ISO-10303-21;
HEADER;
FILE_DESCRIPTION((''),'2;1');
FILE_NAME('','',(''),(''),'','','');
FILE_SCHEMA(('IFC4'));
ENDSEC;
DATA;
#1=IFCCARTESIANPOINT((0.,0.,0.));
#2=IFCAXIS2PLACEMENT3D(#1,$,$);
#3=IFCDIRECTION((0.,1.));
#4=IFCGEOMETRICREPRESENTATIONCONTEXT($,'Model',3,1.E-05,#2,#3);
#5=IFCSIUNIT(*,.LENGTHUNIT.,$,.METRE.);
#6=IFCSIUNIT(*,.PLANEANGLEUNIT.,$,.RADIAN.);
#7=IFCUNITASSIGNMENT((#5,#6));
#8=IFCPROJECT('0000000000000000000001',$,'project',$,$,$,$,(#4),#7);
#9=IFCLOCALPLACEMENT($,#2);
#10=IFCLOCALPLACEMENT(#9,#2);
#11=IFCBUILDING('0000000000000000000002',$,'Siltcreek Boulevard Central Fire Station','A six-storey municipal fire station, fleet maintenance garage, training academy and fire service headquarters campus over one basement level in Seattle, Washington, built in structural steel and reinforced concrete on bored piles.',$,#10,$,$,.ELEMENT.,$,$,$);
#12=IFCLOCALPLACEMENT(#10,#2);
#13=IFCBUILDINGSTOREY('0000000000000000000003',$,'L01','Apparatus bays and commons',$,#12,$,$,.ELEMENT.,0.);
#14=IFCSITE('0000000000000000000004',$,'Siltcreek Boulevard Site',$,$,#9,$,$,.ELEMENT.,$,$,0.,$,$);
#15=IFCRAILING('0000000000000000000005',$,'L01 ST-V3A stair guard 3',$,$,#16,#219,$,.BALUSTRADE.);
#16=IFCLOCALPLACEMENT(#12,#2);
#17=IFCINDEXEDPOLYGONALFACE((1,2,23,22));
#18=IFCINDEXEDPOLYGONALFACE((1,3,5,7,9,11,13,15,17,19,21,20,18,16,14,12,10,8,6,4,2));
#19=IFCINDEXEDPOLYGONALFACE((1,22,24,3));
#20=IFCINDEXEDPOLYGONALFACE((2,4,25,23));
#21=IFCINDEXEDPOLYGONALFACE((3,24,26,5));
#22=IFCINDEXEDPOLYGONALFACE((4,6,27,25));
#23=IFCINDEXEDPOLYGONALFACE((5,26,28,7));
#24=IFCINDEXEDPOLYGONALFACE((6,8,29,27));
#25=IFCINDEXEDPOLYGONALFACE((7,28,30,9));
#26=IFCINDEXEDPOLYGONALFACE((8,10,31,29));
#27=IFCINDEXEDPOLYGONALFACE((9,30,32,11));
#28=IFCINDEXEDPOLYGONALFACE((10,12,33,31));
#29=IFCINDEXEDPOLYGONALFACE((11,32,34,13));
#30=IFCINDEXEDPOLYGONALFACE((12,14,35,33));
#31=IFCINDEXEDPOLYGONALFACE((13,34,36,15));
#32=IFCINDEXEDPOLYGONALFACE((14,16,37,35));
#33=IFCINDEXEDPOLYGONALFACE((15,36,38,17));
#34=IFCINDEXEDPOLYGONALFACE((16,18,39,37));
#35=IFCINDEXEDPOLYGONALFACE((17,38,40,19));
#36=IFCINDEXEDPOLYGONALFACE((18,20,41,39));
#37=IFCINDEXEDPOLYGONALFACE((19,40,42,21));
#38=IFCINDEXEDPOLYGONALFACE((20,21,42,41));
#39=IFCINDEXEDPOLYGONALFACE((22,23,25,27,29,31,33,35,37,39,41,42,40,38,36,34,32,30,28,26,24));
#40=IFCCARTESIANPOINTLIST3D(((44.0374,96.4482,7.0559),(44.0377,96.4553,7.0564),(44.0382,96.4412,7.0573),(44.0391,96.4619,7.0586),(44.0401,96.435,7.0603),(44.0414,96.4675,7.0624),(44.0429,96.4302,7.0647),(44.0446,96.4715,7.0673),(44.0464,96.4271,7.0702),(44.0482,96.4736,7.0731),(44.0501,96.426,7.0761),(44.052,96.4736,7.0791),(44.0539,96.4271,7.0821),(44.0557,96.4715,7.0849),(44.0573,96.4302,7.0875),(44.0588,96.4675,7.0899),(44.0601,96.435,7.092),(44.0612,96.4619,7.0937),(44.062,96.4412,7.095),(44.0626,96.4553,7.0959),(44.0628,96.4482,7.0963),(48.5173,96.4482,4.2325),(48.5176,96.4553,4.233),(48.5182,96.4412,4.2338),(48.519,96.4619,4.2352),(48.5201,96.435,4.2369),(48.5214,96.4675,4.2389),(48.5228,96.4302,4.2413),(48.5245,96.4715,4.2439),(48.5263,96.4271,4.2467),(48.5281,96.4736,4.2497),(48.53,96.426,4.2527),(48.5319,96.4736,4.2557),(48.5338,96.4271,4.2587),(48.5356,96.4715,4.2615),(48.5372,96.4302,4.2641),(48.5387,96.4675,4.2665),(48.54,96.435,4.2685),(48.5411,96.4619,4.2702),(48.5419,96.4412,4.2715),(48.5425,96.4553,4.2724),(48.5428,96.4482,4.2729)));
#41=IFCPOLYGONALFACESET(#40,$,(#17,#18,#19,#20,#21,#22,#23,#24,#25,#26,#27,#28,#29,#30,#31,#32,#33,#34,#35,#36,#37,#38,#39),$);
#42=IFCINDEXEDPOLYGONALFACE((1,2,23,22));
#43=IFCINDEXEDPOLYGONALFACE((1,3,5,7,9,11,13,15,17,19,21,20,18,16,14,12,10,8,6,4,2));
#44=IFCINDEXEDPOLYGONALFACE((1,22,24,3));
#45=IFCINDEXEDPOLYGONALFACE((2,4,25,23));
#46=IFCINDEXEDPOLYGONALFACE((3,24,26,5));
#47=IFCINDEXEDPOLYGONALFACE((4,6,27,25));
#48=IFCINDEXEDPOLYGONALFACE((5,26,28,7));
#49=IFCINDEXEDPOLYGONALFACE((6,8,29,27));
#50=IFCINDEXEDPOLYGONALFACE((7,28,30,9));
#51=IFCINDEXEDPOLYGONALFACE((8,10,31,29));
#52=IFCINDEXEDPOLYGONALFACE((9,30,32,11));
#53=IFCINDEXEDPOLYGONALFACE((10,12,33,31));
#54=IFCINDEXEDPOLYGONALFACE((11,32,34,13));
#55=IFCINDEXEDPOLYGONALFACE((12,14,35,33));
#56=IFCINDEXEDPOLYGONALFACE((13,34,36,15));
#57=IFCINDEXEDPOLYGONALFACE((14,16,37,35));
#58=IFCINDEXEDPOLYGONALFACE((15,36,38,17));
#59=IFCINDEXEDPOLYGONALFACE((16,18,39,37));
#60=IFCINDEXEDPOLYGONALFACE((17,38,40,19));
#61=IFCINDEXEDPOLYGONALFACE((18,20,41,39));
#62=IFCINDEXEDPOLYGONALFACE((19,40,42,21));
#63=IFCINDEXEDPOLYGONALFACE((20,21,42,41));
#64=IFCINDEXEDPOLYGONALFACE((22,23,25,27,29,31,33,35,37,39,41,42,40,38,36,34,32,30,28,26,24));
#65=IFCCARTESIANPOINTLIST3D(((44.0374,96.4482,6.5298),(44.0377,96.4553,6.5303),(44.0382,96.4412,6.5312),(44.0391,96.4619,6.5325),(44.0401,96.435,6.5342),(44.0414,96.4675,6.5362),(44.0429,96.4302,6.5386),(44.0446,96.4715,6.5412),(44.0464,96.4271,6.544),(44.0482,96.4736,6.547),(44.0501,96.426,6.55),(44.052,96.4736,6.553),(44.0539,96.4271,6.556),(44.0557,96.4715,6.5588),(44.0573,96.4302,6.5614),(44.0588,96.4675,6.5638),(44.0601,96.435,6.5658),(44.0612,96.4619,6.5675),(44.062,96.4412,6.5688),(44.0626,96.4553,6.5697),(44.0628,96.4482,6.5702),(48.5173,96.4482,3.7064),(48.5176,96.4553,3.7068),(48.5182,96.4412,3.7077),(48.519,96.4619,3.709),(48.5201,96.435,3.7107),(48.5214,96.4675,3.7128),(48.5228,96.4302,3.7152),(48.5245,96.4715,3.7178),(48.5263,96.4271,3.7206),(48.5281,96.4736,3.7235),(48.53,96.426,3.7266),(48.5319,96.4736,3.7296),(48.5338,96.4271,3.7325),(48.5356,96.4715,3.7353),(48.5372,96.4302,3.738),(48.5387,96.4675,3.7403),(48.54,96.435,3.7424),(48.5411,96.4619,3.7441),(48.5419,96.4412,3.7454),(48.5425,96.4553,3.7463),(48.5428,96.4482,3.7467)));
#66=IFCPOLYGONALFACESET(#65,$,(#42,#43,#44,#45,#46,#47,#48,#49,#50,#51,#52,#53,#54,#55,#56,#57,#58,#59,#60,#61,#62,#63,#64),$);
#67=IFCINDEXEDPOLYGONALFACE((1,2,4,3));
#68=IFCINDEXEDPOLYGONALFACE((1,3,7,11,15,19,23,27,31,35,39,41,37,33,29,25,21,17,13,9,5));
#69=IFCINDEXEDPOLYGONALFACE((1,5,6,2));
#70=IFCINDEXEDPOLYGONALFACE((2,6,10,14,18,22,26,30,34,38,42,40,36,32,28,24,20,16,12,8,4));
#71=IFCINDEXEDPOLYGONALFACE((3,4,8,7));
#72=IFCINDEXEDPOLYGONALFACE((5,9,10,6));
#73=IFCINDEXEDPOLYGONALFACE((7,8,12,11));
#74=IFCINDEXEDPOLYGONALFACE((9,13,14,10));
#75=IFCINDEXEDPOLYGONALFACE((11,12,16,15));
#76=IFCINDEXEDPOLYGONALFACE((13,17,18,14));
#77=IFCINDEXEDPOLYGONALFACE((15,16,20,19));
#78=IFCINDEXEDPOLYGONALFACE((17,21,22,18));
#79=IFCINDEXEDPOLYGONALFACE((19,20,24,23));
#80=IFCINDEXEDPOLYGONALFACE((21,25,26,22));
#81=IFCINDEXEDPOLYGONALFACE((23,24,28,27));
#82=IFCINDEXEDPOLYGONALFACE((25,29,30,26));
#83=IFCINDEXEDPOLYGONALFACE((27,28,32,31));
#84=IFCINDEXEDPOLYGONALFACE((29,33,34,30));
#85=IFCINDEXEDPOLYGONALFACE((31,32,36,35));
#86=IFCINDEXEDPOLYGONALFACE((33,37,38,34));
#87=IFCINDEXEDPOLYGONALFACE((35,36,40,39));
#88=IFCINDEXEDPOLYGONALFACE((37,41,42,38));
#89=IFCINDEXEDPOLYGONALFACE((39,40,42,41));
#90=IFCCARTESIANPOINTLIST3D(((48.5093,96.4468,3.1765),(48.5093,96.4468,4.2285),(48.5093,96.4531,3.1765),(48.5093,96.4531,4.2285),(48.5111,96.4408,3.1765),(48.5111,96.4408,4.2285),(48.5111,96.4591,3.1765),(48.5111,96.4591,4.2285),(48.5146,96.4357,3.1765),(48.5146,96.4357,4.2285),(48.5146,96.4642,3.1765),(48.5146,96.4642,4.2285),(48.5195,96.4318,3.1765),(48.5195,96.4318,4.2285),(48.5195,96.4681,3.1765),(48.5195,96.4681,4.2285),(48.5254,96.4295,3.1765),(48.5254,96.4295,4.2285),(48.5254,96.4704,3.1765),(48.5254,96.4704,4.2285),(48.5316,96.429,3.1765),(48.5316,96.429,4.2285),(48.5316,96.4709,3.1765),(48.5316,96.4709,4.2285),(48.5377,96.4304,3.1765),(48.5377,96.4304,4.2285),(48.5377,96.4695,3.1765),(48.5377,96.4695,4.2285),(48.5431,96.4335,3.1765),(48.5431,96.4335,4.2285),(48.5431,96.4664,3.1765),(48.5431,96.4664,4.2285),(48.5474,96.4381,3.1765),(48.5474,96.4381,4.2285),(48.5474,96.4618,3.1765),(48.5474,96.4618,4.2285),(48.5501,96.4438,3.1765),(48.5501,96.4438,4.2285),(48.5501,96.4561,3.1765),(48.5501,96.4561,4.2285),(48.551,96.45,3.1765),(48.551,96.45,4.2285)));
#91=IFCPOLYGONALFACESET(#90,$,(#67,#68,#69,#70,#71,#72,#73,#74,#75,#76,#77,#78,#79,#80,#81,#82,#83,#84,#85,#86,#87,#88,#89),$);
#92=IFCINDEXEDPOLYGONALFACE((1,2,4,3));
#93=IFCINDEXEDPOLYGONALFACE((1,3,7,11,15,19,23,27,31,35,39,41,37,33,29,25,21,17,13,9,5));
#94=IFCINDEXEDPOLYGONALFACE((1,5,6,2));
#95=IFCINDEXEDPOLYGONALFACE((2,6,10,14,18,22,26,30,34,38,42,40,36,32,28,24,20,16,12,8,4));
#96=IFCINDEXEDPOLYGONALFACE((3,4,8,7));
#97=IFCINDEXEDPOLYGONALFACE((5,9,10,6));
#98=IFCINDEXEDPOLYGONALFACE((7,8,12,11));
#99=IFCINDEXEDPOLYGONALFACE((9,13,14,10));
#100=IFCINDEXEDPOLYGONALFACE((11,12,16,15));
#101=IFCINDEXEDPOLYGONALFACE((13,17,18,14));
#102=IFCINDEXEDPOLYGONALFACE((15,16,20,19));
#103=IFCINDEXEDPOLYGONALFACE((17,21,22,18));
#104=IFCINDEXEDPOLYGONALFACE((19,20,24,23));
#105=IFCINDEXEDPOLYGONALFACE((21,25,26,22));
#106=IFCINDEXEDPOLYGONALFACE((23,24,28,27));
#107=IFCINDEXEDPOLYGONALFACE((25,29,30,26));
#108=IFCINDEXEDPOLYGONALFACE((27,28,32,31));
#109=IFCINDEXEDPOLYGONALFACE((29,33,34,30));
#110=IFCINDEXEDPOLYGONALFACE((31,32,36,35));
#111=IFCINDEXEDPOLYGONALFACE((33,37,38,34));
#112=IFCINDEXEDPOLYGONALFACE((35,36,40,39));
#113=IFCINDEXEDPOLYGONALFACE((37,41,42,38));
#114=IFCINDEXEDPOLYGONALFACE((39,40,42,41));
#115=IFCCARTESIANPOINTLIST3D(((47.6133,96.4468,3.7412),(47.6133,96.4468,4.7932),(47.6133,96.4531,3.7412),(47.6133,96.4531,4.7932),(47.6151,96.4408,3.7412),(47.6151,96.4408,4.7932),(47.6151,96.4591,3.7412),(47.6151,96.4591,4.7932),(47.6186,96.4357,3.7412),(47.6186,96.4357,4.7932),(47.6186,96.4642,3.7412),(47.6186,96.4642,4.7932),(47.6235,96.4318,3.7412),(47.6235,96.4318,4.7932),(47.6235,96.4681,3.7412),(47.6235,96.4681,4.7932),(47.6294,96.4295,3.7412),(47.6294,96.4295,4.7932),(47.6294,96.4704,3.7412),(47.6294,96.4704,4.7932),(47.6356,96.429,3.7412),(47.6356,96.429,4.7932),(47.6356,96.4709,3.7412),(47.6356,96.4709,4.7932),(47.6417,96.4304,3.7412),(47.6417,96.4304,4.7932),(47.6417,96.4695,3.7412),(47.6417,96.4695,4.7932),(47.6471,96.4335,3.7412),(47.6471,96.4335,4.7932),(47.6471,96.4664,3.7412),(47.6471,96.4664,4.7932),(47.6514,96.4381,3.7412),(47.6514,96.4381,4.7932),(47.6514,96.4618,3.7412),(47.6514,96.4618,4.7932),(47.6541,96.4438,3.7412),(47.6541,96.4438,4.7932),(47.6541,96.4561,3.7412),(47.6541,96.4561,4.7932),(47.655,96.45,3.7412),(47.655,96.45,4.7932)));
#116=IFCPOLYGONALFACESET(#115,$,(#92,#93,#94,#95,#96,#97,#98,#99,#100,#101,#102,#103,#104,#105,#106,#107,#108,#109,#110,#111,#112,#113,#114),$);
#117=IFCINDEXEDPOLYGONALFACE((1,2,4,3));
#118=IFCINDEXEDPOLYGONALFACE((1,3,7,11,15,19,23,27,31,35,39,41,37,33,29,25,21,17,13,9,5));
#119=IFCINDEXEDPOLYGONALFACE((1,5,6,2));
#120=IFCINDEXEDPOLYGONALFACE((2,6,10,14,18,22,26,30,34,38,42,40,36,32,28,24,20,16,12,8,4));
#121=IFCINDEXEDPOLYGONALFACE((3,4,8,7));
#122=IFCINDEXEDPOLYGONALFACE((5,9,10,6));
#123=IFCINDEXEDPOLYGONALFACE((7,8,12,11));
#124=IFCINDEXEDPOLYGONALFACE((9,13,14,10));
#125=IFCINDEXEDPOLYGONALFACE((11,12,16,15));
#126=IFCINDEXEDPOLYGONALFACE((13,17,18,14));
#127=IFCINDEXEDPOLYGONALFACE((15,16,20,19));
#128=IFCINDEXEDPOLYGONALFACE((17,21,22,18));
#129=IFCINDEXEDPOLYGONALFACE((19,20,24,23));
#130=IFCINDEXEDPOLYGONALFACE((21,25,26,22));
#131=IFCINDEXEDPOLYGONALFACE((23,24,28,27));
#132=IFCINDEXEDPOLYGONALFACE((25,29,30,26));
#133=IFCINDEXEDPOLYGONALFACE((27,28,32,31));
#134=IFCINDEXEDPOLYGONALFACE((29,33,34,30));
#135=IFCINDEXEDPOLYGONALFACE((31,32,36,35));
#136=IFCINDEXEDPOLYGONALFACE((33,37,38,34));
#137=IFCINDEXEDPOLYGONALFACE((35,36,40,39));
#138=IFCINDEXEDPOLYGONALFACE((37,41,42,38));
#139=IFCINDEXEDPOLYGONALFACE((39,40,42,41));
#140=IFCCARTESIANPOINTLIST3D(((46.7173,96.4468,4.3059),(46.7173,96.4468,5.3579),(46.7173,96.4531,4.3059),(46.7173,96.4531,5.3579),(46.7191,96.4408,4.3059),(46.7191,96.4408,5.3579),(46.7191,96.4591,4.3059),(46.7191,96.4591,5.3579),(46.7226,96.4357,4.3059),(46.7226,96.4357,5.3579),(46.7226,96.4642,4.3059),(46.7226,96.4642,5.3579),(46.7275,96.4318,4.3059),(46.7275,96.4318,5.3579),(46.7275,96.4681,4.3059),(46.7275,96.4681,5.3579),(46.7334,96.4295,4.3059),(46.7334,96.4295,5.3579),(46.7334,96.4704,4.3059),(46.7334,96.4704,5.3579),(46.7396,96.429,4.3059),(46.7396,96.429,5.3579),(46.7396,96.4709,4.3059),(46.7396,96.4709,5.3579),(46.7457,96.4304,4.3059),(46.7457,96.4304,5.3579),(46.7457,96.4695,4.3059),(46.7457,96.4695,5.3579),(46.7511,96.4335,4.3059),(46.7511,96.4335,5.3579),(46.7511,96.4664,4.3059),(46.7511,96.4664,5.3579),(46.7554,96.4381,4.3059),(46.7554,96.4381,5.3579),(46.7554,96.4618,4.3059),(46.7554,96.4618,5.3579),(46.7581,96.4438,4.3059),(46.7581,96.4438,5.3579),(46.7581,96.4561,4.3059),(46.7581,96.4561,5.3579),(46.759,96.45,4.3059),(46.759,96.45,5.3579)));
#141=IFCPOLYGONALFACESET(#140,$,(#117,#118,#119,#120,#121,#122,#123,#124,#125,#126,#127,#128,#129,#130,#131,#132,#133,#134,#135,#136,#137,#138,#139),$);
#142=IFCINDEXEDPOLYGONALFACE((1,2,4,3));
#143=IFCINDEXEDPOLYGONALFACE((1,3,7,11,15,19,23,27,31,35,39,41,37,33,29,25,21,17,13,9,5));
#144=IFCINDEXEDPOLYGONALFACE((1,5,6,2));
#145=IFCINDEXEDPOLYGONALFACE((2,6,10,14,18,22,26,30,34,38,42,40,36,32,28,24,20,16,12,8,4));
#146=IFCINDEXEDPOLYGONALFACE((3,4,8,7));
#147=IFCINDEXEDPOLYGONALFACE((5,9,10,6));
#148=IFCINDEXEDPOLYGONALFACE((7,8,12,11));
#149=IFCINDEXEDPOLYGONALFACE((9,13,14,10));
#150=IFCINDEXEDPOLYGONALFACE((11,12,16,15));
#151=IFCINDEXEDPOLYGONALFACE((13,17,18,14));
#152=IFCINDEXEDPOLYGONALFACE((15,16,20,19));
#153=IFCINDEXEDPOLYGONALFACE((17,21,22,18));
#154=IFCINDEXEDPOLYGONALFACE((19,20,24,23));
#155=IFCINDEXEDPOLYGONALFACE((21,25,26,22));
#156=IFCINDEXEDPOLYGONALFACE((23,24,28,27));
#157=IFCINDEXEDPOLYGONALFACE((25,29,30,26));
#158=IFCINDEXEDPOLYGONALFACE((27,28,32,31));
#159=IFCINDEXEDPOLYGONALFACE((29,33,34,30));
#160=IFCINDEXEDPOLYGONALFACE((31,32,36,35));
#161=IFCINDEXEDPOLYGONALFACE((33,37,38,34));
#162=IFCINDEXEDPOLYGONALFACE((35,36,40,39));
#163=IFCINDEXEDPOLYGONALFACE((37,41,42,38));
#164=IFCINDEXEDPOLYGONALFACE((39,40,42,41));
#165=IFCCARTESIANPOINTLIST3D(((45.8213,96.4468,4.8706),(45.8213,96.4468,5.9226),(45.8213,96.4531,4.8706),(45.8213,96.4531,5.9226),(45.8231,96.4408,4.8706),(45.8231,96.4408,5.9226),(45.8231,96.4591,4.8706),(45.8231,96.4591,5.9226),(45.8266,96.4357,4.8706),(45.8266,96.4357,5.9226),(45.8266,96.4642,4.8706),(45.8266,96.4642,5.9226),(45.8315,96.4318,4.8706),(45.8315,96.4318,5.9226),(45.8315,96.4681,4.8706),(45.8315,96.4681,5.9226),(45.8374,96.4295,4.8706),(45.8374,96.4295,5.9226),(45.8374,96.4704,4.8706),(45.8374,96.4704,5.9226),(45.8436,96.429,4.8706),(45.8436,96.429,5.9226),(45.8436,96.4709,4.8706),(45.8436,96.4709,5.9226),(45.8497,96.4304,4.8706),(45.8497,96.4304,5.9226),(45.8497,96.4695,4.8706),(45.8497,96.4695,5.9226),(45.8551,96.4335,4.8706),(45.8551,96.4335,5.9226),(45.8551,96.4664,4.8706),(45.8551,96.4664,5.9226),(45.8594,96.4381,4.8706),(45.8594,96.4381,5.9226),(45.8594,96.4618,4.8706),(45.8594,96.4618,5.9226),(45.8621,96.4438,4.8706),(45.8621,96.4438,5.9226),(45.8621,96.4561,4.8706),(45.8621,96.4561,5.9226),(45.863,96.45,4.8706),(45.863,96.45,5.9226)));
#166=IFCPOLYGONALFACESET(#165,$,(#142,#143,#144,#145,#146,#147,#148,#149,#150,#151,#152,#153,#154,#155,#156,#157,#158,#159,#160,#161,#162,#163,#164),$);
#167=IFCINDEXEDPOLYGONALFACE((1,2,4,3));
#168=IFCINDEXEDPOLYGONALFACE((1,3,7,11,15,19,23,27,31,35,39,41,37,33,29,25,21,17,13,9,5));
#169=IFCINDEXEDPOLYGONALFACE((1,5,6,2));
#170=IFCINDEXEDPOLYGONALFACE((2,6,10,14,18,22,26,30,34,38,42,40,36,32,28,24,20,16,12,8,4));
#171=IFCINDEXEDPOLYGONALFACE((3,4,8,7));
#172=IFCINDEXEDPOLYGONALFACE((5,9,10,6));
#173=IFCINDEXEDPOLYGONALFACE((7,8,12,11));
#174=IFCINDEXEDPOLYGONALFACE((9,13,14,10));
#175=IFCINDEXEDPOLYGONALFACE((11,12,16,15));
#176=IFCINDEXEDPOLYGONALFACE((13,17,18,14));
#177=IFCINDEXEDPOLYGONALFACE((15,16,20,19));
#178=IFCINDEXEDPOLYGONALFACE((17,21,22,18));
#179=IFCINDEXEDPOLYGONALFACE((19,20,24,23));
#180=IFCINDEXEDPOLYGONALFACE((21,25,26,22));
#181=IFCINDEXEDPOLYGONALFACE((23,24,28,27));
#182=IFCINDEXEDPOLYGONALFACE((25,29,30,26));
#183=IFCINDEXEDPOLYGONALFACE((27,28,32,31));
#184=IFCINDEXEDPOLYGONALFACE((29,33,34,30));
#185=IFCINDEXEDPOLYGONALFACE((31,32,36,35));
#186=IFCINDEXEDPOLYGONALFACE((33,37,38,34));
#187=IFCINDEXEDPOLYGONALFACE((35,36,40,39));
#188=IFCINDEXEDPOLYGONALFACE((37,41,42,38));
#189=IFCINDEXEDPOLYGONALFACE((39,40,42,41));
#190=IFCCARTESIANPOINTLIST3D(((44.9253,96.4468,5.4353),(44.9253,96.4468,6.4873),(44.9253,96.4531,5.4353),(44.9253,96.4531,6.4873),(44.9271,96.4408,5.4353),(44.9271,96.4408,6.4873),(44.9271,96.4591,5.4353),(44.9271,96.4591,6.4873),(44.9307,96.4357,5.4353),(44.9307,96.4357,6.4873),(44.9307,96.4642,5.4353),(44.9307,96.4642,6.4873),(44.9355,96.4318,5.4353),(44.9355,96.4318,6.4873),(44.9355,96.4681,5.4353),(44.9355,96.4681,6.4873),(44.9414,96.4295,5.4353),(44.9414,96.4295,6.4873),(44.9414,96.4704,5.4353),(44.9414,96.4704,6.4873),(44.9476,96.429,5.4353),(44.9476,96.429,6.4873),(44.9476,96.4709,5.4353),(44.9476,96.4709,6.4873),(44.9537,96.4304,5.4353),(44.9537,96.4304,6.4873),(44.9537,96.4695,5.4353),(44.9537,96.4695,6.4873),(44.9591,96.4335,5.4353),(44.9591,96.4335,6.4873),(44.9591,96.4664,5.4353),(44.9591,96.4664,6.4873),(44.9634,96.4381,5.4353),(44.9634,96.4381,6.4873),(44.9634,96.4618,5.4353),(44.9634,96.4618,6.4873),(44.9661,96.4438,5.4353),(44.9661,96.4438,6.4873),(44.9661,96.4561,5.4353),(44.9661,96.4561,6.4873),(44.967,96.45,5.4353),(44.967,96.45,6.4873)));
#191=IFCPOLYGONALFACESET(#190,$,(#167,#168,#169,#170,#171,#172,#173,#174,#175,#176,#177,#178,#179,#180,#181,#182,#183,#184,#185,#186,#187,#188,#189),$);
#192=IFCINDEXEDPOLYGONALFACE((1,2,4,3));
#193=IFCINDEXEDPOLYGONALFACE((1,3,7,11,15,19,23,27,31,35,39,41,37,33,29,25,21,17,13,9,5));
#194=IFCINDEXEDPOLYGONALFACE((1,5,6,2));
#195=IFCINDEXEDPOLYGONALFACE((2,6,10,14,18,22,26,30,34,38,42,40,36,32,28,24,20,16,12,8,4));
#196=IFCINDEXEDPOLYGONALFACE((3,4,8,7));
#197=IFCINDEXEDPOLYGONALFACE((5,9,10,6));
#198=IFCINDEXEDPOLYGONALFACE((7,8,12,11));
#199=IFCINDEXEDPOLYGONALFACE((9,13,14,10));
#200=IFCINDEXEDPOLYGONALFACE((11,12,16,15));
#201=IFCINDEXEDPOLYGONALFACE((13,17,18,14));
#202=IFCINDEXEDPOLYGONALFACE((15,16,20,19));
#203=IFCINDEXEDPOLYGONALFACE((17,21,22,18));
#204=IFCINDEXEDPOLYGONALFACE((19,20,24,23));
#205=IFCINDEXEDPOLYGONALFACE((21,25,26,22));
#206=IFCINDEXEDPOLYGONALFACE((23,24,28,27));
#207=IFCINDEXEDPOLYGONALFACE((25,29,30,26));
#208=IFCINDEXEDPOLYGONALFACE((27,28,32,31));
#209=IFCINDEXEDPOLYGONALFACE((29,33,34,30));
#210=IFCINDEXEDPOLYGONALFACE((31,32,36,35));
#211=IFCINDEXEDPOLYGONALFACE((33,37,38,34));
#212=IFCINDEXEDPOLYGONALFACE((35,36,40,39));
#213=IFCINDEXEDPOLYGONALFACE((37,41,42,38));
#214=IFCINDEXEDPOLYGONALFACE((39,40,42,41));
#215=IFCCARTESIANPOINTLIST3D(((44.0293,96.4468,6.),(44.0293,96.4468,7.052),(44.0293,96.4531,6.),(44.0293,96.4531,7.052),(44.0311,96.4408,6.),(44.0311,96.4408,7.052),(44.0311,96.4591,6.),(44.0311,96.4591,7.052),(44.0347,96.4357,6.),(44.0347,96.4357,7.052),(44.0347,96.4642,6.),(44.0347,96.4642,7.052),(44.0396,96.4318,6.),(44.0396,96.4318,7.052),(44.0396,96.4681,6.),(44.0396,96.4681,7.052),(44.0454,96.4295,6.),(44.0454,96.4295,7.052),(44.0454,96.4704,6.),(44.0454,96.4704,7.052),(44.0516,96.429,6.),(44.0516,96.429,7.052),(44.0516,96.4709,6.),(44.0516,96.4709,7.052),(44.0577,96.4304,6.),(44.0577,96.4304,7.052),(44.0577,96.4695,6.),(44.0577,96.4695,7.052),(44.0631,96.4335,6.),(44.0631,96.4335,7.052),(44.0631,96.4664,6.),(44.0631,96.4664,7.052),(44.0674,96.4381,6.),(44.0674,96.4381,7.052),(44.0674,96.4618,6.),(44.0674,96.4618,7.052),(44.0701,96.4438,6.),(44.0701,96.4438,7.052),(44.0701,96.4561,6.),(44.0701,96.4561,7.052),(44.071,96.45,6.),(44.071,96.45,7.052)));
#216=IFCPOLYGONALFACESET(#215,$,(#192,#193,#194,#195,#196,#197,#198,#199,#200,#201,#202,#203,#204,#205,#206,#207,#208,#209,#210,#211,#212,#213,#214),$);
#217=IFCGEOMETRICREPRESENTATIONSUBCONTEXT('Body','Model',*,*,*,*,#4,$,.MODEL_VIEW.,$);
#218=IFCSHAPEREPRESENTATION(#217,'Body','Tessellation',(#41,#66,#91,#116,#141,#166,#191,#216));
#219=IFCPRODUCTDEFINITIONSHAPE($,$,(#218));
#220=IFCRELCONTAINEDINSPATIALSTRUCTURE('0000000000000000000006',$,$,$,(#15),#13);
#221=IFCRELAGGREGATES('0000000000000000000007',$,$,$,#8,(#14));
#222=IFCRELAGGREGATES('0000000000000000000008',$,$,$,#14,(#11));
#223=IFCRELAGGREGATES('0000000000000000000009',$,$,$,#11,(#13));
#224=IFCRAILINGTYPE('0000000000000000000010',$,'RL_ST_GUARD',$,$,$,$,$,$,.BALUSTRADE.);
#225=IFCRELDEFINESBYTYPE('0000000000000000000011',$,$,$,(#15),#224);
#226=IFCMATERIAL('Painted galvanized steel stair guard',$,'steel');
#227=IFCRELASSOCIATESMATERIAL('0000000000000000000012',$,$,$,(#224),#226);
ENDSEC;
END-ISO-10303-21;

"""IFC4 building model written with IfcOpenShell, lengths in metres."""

from ifc_helpers import new_model, si_unit, direction, frame, origin, origin_2d, place, context, subcontext, project, spatial, circle, extrude, material, type_object, element, save


model = new_model("IFC4")

# Units and contexts
model_context = context("Model", 3, precision=1e-05, world=origin(), true_north=direction((0.0, 1.0)))
body_context = subcontext(model_context, "Body", "Model", "MODEL_VIEW")
ifc_project = project(units=[si_unit("LENGTHUNIT", "METRE"), si_unit("PLANEANGLEUNIT", "RADIAN")], contexts=[model_context])

# Site, building, storey
site_placement = place(None, origin())
site = spatial("IfcSite", under=ifc_project, at=site_placement, Name="Siltcreek Boulevard Site", CompositionType="ELEMENT", RefElevation=0.0)
building_placement = place(site_placement, origin())
building = spatial("IfcBuilding", under=site, at=building_placement, Name="Siltcreek Boulevard Central Fire Station", Description="A six-storey municipal fire station, fleet maintenance garage, training academy and fire service headquarters campus over one basement level in Seattle, Washington, built in structural steel and reinforced concrete on bored piles.", CompositionType="ELEMENT")
storey_placement = place(building_placement, origin())
storey = spatial("IfcBuildingStorey", under=building, at=storey_placement, Name="L01", Description="Apparatus bays and commons", CompositionType="ELEMENT", Elevation=0.0)

# Railing
ifc_material_1 = material(Name="Painted galvanized steel stair guard", Category="steel")
railing_type_1 = type_object("IfcRailingType", Name="RL_ST_GUARD", PredefinedType="BALUSTRADE", material=ifc_material_1)
railing_1_placement = place(storey_placement, frame((48.53, 96.45, 3.1765)))
element("IfcRailing", 1, at=railing_1_placement, inside=storey, type_object=railing_type_1, Name="L01 ST-V3A stair guard 3", PredefinedType="BALUSTRADE", context=body_context, shape_type="SweptSolid", body=[
    extrude(circle(Radius=0.0239, at=origin_2d()), frame((0.0, 0.0, 1.0762), z_axis=(-0.845998, 0.0, 0.533186), x_axis=(0.0, -1.0, 0.0)), (0.0, 0.0, 1.0), 5.2954),
    extrude(circle(Radius=0.0239, at=origin_2d()), frame((0.0, 0.0, 0.55), z_axis=(-0.845998, 0.0, 0.533186), x_axis=(0.0, -1.0, 0.0)), (0.0, 0.0, 1.0), 5.2954),
    extrude(circle(Radius=0.021, at=origin_2d()), origin(), (0.0, 0.0, 1.0), 1.052),
    extrude(circle(Radius=0.021, at=origin_2d()), frame((-0.896, 0.0, 0.5647)), (0.0, 0.0, 1.0), 1.052),
    extrude(circle(Radius=0.021, at=origin_2d()), frame((-1.792, 0.0, 1.1294)), (0.0, 0.0, 1.0), 1.052),
    extrude(circle(Radius=0.021, at=origin_2d()), frame((-2.688, 0.0, 1.6941)), (0.0, 0.0, 1.0), 1.052),
    extrude(circle(Radius=0.021, at=origin_2d()), frame((-3.584, 0.0, 2.2588)), (0.0, 0.0, 1.0), 1.052),
    extrude(circle(Radius=0.021, at=origin_2d()), frame((-4.48, 0.0, 2.8235)), (0.0, 0.0, 1.0), 1.052),
])

save(model, "model.ifc")
